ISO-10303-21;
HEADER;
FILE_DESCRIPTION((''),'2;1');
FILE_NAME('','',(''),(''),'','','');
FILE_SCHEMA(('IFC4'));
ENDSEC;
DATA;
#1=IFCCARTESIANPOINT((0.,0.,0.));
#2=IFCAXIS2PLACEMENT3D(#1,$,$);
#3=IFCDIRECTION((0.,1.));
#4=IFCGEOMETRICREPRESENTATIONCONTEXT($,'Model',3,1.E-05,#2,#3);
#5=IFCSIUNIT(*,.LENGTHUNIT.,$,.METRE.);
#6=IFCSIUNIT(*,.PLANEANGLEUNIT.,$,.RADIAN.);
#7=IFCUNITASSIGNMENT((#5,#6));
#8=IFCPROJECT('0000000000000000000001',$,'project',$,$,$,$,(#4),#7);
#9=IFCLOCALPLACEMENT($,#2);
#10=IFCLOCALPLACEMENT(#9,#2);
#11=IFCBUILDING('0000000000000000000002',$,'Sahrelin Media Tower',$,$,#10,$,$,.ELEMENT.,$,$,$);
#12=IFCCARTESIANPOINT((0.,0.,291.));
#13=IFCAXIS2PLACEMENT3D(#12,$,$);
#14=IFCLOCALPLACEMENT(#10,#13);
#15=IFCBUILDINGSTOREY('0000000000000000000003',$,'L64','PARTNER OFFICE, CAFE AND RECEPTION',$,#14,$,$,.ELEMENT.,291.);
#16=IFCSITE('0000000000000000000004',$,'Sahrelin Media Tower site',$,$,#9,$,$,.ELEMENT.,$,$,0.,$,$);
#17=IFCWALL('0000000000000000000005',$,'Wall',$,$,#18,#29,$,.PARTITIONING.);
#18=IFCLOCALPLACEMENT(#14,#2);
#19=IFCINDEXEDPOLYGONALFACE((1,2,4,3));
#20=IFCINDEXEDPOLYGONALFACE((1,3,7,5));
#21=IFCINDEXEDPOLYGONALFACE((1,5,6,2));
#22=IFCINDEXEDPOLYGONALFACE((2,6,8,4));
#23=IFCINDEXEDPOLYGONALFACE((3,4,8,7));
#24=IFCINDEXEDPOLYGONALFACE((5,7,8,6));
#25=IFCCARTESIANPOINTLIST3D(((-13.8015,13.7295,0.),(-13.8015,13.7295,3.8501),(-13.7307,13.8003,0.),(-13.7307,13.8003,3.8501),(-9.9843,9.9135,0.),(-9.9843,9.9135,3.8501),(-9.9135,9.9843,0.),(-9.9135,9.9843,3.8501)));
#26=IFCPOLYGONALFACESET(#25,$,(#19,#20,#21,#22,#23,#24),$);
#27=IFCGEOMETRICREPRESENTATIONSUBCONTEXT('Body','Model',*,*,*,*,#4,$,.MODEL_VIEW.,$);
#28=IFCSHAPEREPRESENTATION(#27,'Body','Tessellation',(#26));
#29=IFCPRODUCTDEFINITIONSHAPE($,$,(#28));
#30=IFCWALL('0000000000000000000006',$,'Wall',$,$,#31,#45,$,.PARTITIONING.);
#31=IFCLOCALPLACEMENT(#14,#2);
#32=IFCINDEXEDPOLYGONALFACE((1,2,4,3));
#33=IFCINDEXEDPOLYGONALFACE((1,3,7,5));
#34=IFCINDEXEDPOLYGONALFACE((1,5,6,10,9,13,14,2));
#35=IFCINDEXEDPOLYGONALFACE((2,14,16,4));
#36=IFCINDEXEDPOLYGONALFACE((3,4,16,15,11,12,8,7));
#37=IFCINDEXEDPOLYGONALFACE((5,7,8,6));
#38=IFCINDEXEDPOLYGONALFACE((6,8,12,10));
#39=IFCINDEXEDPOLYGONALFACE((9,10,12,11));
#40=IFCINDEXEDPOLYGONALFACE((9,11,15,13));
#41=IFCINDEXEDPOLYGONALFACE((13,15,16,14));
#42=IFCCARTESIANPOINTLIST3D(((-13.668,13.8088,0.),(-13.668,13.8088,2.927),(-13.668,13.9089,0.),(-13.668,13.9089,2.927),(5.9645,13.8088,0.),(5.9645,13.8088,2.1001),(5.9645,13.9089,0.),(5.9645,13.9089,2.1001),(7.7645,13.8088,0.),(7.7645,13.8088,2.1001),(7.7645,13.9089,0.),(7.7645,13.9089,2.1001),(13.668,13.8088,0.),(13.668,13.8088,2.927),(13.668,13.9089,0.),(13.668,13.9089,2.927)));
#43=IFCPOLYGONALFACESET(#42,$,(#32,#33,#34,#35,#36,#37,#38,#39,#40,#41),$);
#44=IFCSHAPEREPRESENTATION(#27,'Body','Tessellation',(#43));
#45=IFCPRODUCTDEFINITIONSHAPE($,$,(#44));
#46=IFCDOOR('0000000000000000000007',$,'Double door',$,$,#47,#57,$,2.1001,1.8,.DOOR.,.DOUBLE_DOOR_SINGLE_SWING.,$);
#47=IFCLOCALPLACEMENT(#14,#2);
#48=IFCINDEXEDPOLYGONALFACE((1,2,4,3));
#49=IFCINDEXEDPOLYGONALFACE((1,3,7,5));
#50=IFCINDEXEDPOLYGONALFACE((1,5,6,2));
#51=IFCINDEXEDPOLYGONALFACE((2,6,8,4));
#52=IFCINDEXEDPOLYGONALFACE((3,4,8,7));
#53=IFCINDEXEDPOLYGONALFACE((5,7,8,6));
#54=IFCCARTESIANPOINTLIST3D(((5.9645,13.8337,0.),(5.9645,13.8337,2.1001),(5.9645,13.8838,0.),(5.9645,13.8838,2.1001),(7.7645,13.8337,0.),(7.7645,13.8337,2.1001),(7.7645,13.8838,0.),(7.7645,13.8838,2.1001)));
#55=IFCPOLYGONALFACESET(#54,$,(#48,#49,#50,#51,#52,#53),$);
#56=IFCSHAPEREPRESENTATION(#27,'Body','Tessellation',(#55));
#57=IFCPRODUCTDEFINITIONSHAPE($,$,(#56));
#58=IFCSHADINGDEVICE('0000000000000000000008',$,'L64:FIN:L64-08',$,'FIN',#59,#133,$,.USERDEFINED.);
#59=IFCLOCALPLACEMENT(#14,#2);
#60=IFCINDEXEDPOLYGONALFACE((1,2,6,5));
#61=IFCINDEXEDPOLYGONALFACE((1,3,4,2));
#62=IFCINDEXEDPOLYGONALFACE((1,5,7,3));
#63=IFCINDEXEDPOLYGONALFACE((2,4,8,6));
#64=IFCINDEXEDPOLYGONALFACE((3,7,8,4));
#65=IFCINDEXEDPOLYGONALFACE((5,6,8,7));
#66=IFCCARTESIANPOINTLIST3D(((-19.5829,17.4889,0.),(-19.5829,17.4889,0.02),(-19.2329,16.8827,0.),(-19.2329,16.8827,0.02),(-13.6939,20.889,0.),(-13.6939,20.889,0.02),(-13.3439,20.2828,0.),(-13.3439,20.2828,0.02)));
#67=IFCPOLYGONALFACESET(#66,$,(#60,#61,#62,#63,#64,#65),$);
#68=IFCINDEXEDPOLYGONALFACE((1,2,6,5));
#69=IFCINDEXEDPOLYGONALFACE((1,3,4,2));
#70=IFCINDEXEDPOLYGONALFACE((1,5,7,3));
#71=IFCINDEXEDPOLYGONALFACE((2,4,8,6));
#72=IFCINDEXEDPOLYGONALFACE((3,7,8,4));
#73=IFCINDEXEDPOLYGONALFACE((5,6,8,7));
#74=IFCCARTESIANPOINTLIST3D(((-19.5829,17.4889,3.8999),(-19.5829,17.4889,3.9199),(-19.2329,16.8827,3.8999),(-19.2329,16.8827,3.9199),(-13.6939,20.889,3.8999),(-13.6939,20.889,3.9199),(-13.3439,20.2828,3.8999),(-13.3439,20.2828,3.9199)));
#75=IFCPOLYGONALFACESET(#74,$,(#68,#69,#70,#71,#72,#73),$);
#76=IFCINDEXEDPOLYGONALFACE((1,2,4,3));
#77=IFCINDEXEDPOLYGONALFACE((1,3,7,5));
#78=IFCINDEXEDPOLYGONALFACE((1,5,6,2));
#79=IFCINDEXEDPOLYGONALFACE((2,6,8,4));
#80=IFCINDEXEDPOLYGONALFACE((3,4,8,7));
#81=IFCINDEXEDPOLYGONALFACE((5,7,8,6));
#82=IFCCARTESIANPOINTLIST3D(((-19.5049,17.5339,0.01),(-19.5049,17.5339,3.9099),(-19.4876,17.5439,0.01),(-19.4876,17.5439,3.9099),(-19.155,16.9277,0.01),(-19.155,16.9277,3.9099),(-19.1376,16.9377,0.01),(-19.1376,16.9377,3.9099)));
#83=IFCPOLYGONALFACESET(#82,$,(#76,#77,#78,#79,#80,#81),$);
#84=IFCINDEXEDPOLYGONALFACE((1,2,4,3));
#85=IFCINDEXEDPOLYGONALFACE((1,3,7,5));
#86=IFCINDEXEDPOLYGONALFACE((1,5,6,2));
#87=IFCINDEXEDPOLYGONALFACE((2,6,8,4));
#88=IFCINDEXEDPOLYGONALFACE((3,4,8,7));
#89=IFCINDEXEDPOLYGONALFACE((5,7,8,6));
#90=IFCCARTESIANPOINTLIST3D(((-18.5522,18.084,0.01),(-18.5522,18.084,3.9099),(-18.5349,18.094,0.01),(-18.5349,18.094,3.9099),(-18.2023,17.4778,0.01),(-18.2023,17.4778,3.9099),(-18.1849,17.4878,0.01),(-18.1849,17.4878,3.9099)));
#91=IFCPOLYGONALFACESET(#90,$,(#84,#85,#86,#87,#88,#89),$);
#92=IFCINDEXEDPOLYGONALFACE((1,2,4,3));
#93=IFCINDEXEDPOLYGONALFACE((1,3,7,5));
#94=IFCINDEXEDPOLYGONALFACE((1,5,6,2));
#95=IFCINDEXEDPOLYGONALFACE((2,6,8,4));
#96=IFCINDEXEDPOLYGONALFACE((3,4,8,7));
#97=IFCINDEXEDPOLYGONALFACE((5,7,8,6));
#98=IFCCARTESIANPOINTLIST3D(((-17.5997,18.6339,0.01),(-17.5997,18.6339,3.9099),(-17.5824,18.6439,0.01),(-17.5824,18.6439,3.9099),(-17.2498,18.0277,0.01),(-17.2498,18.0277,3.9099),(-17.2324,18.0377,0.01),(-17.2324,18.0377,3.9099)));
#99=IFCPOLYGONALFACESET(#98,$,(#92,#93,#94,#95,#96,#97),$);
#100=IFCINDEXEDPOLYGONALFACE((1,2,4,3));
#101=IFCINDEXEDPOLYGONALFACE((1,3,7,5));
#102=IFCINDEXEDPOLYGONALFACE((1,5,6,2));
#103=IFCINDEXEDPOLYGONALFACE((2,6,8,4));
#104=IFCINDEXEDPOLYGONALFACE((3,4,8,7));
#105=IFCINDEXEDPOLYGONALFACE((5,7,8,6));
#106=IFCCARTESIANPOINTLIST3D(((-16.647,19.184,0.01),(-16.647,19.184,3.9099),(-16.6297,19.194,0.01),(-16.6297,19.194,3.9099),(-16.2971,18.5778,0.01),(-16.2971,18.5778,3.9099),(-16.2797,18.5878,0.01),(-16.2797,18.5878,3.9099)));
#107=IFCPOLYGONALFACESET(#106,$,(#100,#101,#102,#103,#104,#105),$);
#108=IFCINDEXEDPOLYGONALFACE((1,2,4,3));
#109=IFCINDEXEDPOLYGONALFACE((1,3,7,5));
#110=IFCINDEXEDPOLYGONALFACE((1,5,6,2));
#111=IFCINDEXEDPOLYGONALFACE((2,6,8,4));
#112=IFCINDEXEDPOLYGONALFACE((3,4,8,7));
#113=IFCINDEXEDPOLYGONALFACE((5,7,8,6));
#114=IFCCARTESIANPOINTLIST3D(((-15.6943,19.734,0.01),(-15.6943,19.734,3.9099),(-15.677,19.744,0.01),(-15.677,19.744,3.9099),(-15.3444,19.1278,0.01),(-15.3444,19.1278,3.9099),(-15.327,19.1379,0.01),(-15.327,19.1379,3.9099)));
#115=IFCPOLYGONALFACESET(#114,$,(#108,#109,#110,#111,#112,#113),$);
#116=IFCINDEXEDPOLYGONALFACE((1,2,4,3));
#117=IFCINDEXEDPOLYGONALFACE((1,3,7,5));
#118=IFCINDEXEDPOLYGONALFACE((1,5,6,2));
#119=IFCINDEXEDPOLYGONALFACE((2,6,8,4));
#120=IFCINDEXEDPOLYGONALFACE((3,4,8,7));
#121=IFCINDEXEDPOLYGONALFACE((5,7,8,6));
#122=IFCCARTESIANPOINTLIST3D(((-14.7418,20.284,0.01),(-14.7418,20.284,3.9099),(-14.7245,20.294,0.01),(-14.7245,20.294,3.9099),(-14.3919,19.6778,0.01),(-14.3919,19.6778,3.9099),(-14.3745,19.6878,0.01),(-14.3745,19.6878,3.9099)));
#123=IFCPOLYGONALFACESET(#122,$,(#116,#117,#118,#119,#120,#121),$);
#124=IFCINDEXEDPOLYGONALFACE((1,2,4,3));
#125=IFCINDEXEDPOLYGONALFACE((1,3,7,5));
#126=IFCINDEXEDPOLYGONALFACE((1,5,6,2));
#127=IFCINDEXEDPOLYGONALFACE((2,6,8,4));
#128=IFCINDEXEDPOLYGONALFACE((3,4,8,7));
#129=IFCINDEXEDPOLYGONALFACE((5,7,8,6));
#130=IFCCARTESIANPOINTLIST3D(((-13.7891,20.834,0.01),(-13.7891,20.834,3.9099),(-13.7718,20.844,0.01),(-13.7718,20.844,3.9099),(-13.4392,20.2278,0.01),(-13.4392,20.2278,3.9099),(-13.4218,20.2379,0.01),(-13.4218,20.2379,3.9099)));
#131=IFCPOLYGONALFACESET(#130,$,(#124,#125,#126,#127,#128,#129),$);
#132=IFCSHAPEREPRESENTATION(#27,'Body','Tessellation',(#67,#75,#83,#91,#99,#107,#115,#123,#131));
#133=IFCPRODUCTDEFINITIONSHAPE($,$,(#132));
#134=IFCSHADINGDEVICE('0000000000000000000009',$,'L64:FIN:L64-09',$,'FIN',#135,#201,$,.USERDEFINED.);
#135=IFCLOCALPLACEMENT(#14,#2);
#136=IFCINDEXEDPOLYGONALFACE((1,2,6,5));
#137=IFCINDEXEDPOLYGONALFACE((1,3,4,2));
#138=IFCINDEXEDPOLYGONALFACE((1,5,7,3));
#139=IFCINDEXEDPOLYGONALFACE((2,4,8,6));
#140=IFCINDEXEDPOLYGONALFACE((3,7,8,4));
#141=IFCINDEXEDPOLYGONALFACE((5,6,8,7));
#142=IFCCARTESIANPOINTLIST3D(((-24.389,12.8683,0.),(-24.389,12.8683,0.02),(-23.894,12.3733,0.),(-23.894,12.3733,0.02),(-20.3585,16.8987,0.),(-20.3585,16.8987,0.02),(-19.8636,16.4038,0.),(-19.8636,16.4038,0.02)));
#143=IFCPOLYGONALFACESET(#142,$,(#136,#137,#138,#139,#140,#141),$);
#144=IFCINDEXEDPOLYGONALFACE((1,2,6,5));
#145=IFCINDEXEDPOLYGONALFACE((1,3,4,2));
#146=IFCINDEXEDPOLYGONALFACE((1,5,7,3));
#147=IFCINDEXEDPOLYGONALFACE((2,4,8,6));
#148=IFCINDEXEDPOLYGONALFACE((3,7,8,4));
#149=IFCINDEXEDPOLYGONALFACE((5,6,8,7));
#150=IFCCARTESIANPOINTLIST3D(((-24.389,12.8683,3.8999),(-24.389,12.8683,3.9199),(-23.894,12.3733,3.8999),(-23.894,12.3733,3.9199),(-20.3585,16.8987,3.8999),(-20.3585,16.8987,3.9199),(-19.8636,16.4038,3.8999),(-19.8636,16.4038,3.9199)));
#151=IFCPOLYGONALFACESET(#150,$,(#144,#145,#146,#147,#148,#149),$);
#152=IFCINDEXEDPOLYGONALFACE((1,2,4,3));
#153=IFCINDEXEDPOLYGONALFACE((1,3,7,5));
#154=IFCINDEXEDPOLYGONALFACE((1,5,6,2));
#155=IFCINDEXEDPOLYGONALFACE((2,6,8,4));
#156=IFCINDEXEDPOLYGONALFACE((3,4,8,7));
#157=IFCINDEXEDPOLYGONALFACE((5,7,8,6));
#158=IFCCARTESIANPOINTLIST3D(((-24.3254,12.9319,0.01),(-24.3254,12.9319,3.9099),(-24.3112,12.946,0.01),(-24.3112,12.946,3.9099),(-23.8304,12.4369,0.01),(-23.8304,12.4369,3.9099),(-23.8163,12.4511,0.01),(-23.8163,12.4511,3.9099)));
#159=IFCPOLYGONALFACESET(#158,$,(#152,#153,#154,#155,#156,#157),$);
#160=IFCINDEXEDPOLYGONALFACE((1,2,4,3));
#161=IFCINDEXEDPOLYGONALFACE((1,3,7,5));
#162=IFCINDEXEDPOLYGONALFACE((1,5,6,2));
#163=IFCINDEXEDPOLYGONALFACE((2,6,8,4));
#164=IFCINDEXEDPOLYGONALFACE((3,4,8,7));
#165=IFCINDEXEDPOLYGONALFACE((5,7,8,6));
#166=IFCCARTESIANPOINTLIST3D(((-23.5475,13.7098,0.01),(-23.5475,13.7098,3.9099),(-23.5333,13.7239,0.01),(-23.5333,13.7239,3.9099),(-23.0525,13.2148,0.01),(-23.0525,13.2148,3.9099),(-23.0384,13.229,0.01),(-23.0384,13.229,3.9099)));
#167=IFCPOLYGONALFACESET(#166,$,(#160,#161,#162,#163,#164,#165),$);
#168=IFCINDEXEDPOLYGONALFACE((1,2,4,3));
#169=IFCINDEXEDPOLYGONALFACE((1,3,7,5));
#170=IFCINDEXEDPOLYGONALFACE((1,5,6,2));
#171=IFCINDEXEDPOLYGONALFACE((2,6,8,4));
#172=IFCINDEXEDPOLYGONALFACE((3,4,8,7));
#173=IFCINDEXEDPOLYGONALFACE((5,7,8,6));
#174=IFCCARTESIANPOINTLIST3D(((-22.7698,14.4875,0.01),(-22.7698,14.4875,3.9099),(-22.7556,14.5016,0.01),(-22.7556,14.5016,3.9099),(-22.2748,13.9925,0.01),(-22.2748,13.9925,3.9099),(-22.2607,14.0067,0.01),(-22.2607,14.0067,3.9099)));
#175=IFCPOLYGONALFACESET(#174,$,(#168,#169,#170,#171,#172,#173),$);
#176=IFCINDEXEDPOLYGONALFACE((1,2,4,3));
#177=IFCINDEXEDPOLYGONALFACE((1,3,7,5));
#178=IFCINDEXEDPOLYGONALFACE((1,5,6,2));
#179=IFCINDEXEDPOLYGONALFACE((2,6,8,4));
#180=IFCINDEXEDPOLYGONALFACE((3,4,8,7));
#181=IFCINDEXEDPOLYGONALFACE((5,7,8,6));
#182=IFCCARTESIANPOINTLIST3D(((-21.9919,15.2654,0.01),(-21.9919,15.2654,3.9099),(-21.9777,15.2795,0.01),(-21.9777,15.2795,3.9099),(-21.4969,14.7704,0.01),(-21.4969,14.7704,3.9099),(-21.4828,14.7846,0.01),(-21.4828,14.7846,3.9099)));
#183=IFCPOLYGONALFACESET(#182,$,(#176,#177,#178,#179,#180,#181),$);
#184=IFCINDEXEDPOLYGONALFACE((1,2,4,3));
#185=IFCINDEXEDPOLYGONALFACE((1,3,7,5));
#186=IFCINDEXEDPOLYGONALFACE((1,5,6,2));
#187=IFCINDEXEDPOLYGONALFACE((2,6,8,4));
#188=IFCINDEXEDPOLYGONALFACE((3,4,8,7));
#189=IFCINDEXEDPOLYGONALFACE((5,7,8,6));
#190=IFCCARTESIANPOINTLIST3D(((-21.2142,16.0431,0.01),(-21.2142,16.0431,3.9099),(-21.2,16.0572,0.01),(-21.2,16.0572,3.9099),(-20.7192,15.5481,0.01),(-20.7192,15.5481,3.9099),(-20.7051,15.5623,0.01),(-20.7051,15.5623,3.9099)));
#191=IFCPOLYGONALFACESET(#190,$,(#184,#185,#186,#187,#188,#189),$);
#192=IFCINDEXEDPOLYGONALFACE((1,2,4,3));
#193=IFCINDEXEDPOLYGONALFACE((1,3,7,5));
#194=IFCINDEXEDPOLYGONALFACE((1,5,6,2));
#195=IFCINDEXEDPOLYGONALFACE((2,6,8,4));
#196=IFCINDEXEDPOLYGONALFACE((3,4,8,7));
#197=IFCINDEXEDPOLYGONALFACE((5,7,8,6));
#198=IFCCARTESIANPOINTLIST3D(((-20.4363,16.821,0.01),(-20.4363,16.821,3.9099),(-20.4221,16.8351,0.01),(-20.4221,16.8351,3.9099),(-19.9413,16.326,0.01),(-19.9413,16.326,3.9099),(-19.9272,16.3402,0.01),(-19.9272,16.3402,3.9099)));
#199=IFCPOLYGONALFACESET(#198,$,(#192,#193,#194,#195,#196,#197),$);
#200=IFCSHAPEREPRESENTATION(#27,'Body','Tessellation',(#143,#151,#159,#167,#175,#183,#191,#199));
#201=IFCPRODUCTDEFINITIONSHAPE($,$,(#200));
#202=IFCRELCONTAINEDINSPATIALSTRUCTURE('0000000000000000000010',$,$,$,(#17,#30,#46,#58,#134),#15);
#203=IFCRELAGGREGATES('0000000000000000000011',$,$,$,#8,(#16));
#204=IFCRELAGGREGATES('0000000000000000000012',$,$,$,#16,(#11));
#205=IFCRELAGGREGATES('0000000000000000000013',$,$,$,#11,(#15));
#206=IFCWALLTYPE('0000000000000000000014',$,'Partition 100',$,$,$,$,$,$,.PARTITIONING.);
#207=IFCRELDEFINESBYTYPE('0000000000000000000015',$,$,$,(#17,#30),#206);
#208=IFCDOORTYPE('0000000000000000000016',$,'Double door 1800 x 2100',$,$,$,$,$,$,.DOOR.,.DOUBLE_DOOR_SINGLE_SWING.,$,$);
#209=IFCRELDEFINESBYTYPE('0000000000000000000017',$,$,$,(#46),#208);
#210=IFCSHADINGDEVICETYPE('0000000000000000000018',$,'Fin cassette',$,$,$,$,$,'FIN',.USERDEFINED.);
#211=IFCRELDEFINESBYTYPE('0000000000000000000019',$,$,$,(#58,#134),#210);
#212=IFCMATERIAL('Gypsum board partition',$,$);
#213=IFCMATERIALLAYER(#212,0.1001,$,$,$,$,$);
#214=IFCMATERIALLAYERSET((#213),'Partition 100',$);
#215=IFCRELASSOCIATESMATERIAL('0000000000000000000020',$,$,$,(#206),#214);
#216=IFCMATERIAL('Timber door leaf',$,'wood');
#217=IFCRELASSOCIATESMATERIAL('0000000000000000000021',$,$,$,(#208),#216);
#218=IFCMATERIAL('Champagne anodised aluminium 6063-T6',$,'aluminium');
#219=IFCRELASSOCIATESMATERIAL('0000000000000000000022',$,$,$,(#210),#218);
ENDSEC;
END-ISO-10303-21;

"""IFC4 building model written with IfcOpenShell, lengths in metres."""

from ifc_helpers import new_model, si_unit, direction, frame, frame_2d, origin, origin_2d, place, context, subcontext, project, spatial, rectangle, extrude, material, layer, layer_set, type_object, element, fill, save


model = new_model("IFC4")

# Units and contexts
model_context = context("Model", 3, precision=1e-05, world=origin(), true_north=direction((0.0, 1.0)))
body_context = subcontext(model_context, "Body", "Model", "MODEL_VIEW")
ifc_project = project(units=[si_unit("LENGTHUNIT", "METRE"), si_unit("PLANEANGLEUNIT", "RADIAN")], contexts=[model_context])

# Site, building, storey
site_placement = place(None, origin())
site = spatial("IfcSite", under=ifc_project, at=site_placement, Name="Sahrelin Media Tower site", CompositionType="ELEMENT", RefElevation=0.0)
building_placement = place(site_placement, origin())
building = spatial("IfcBuilding", under=site, at=building_placement, Name="Sahrelin Media Tower", CompositionType="ELEMENT")
storey_placement = place(building_placement, frame((0.0, 0.0, 291.0)))
storey = spatial("IfcBuildingStorey", under=building, at=storey_placement, Name="L64", Description="PARTNER OFFICE, CAFE AND RECEPTION", CompositionType="ELEMENT", Elevation=291.0)

# Shared definitions
ifc_material_1 = material(Name="Champagne anodised aluminium 6063-T6", Category="aluminium")

# Wall
ifc_material_2 = material(Name="Gypsum board partition")
ifc_layer_1 = layer(ifc_material_2, 0.1001)
ifc_layer_set_1 = layer_set([ifc_layer_1], Name="Partition 100")
wall_type = type_object("IfcWallType", Name="Partition 100", PredefinedType="PARTITIONING", material=ifc_layer_set_1)
wall_1_placement = place(storey_placement, frame((-13.7661, 13.7649, 0.0), z_axis=(0.0, 0.0, 1.0), x_axis=(0.70722, -0.706994, 0.0)))
element("IfcWall", 1, at=wall_1_placement, inside=storey, type_object=wall_type, Name="Wall", PredefinedType="PARTITIONING", context=body_context, shape_type="SweptSolid", body=[
    extrude(rectangle(XDim=5.3975, YDim=0.1001, at=frame_2d((2.6987, 0.0))), origin(), (0.0, 0.0, 1.0), 3.8501),
])

# Wall, opening, door
wall_2_placement = place(storey_placement, frame((-13.668, 13.8589, 0.0), z_axis=(0.0, 0.0, 1.0), x_axis=(1.0, 0.0, 0.0)))
wall_2 = element("IfcWall", 2, at=wall_2_placement, inside=storey, type_object=wall_type, Name="Wall", PredefinedType="PARTITIONING", context=body_context, shape_type="SweptSolid", body=[
    extrude(rectangle(XDim=27.3359, YDim=0.1001, at=frame_2d((13.668, 0.0))), origin(), (0.0, 0.0, 1.0), 2.927),
])
opening_placement = place(wall_2_placement, frame((19.6326, 0.0, 0.0)))
opening = element("IfcOpeningElement", 3, at=opening_placement, cuts=wall_2, PredefinedType="OPENING", context=body_context, shape_type="SweptSolid", body=[
    extrude(rectangle(XDim=1.8, YDim=2.1001, at=frame_2d((0.8999, 1.05))), frame((0.0, 0.05, 0.0), z_axis=(0.0, -1.0, 0.0), x_axis=(1.0, 0.0, 0.0)), (0.0, 0.0, 1.0), 0.1001),
])
ifc_material_3 = material(Name="Timber door leaf", Category="wood")
door_type = type_object("IfcDoorType", Name="Double door 1800 x 2100", OperationType="DOUBLE_DOOR_SINGLE_SWING", PredefinedType="DOOR", material=ifc_material_3)
door_placement = place(opening_placement, origin())
door = element("IfcDoor", 4, at=door_placement, inside=storey, type_object=door_type, Name="Double door", OperationType="DOUBLE_DOOR_SINGLE_SWING", OverallHeight=2.1001, OverallWidth=1.8, PredefinedType="DOOR", context=body_context, shape_type="SweptSolid", body=[
    extrude(rectangle(XDim=1.8, YDim=2.1001, at=frame_2d((0.8999, 1.05))), frame((0.0, 0.0249, 0.0), z_axis=(0.0, -1.0, 0.0), x_axis=(1.0, 0.0, 0.0)), (0.0, 0.0, 1.0), 0.05),
])
fill(opening, door)

# Shading devices
shading_device_type_1 = type_object("IfcShadingDeviceType", Name="Fin cassette", ElementType="FIN", PredefinedType="USERDEFINED", material=ifc_material_1)
placement_1 = place(storey_placement, frame((-16.2534, 18.5222, 0.0), z_axis=(0.0, 0.0, 1.0), x_axis=(0.866019, 0.500011, 0.0)))
element("IfcShadingDevice", 5, at=placement_1, inside=storey, type_object=shading_device_type_1, Name="L64:FIN:L64-08", ObjectType="FIN", PredefinedType="USERDEFINED", context=body_context, shape_type="SweptSolid", body=[
    extrude(rectangle(XDim=6.8, YDim=0.7, at=origin_2d()), frame((0.0, 0.4199, 0.0)), (0.0, 0.0, 1.0), 0.02),
    extrude(rectangle(XDim=6.8, YDim=0.7, at=origin_2d()), frame((0.0, 0.4199, 3.8999)), (0.0, 0.0, 1.0), 0.02),
    extrude(rectangle(XDim=0.02, YDim=0.7, at=origin_2d()), frame((-3.3, 0.4199, 0.01), z_axis=(0.0, 0.0, 1.0), x_axis=(1.0, 0.0, 0.0)), (0.0, 0.0, 1.0), 3.8999),
    extrude(rectangle(XDim=0.02, YDim=0.7, at=origin_2d()), frame((-2.2, 0.4199, 0.01), z_axis=(0.0, 0.0, 1.0), x_axis=(1.0, 0.0, 0.0)), (0.0, 0.0, 1.0), 3.8999),
    extrude(rectangle(XDim=0.02, YDim=0.7, at=origin_2d()), frame((-1.1001, 0.4199, 0.01), z_axis=(0.0, 0.0, 1.0), x_axis=(1.0, 0.0, 0.0)), (0.0, 0.0, 1.0), 3.8999),
    extrude(rectangle(XDim=0.02, YDim=0.7, at=origin_2d()), frame((0.0, 0.4199, 0.01), z_axis=(0.0, 0.0, 1.0), x_axis=(1.0, 0.0, 0.0)), (0.0, 0.0, 1.0), 3.8999),
    extrude(rectangle(XDim=0.02, YDim=0.7, at=origin_2d()), frame((1.1001, 0.4199, 0.01), z_axis=(0.0, 0.0, 1.0), x_axis=(1.0, 0.0, 0.0)), (0.0, 0.0, 1.0), 3.8999),
    extrude(rectangle(XDim=0.02, YDim=0.7, at=origin_2d()), frame((2.2, 0.4199, 0.01), z_axis=(0.0, 0.0, 1.0), x_axis=(1.0, 0.0, 0.0)), (0.0, 0.0, 1.0), 3.8999),
    extrude(rectangle(XDim=0.02, YDim=0.7, at=origin_2d()), frame((3.3, 0.4199, 0.01), z_axis=(0.0, 0.0, 1.0), x_axis=(1.0, 0.0, 0.0)), (0.0, 0.0, 1.0), 3.8999),
])
placement_2 = place(storey_placement, frame((-21.8293, 14.3391, 0.0), z_axis=(0.0, 0.0, 1.0), x_axis=(0.707107, 0.707107, 0.0)))
element("IfcShadingDevice", 6, at=placement_2, inside=storey, type_object=shading_device_type_1, Name="L64:FIN:L64-09", ObjectType="FIN", PredefinedType="USERDEFINED", context=body_context, shape_type="SweptSolid", body=[
    extrude(rectangle(XDim=5.7, YDim=0.7, at=origin_2d()), frame((0.0, 0.4199, 0.0)), (0.0, 0.0, 1.0), 0.02),
    extrude(rectangle(XDim=5.7, YDim=0.7, at=origin_2d()), frame((0.0, 0.4199, 3.8999)), (0.0, 0.0, 1.0), 0.02),
    extrude(rectangle(XDim=0.02, YDim=0.7, at=origin_2d()), frame((-2.75, 0.4199, 0.01), z_axis=(0.0, 0.0, 1.0), x_axis=(1.0, 0.0, 0.0)), (0.0, 0.0, 1.0), 3.8999),
    extrude(rectangle(XDim=0.02, YDim=0.7, at=origin_2d()), frame((-1.6499, 0.4199, 0.01), z_axis=(0.0, 0.0, 1.0), x_axis=(1.0, 0.0, 0.0)), (0.0, 0.0, 1.0), 3.8999),
    extrude(rectangle(XDim=0.02, YDim=0.7, at=origin_2d()), frame((-0.55, 0.4199, 0.01), z_axis=(0.0, 0.0, 1.0), x_axis=(1.0, 0.0, 0.0)), (0.0, 0.0, 1.0), 3.8999),
    extrude(rectangle(XDim=0.02, YDim=0.7, at=origin_2d()), frame((0.55, 0.4199, 0.01), z_axis=(0.0, 0.0, 1.0), x_axis=(1.0, 0.0, 0.0)), (0.0, 0.0, 1.0), 3.8999),
    extrude(rectangle(XDim=0.02, YDim=0.7, at=origin_2d()), frame((1.6499, 0.4199, 0.01), z_axis=(0.0, 0.0, 1.0), x_axis=(1.0, 0.0, 0.0)), (0.0, 0.0, 1.0), 3.8999),
    extrude(rectangle(XDim=0.02, YDim=0.7, at=origin_2d()), frame((2.75, 0.4199, 0.01), z_axis=(0.0, 0.0, 1.0), x_axis=(1.0, 0.0, 0.0)), (0.0, 0.0, 1.0), 3.8999),
])

save(model, "model.ifc")
